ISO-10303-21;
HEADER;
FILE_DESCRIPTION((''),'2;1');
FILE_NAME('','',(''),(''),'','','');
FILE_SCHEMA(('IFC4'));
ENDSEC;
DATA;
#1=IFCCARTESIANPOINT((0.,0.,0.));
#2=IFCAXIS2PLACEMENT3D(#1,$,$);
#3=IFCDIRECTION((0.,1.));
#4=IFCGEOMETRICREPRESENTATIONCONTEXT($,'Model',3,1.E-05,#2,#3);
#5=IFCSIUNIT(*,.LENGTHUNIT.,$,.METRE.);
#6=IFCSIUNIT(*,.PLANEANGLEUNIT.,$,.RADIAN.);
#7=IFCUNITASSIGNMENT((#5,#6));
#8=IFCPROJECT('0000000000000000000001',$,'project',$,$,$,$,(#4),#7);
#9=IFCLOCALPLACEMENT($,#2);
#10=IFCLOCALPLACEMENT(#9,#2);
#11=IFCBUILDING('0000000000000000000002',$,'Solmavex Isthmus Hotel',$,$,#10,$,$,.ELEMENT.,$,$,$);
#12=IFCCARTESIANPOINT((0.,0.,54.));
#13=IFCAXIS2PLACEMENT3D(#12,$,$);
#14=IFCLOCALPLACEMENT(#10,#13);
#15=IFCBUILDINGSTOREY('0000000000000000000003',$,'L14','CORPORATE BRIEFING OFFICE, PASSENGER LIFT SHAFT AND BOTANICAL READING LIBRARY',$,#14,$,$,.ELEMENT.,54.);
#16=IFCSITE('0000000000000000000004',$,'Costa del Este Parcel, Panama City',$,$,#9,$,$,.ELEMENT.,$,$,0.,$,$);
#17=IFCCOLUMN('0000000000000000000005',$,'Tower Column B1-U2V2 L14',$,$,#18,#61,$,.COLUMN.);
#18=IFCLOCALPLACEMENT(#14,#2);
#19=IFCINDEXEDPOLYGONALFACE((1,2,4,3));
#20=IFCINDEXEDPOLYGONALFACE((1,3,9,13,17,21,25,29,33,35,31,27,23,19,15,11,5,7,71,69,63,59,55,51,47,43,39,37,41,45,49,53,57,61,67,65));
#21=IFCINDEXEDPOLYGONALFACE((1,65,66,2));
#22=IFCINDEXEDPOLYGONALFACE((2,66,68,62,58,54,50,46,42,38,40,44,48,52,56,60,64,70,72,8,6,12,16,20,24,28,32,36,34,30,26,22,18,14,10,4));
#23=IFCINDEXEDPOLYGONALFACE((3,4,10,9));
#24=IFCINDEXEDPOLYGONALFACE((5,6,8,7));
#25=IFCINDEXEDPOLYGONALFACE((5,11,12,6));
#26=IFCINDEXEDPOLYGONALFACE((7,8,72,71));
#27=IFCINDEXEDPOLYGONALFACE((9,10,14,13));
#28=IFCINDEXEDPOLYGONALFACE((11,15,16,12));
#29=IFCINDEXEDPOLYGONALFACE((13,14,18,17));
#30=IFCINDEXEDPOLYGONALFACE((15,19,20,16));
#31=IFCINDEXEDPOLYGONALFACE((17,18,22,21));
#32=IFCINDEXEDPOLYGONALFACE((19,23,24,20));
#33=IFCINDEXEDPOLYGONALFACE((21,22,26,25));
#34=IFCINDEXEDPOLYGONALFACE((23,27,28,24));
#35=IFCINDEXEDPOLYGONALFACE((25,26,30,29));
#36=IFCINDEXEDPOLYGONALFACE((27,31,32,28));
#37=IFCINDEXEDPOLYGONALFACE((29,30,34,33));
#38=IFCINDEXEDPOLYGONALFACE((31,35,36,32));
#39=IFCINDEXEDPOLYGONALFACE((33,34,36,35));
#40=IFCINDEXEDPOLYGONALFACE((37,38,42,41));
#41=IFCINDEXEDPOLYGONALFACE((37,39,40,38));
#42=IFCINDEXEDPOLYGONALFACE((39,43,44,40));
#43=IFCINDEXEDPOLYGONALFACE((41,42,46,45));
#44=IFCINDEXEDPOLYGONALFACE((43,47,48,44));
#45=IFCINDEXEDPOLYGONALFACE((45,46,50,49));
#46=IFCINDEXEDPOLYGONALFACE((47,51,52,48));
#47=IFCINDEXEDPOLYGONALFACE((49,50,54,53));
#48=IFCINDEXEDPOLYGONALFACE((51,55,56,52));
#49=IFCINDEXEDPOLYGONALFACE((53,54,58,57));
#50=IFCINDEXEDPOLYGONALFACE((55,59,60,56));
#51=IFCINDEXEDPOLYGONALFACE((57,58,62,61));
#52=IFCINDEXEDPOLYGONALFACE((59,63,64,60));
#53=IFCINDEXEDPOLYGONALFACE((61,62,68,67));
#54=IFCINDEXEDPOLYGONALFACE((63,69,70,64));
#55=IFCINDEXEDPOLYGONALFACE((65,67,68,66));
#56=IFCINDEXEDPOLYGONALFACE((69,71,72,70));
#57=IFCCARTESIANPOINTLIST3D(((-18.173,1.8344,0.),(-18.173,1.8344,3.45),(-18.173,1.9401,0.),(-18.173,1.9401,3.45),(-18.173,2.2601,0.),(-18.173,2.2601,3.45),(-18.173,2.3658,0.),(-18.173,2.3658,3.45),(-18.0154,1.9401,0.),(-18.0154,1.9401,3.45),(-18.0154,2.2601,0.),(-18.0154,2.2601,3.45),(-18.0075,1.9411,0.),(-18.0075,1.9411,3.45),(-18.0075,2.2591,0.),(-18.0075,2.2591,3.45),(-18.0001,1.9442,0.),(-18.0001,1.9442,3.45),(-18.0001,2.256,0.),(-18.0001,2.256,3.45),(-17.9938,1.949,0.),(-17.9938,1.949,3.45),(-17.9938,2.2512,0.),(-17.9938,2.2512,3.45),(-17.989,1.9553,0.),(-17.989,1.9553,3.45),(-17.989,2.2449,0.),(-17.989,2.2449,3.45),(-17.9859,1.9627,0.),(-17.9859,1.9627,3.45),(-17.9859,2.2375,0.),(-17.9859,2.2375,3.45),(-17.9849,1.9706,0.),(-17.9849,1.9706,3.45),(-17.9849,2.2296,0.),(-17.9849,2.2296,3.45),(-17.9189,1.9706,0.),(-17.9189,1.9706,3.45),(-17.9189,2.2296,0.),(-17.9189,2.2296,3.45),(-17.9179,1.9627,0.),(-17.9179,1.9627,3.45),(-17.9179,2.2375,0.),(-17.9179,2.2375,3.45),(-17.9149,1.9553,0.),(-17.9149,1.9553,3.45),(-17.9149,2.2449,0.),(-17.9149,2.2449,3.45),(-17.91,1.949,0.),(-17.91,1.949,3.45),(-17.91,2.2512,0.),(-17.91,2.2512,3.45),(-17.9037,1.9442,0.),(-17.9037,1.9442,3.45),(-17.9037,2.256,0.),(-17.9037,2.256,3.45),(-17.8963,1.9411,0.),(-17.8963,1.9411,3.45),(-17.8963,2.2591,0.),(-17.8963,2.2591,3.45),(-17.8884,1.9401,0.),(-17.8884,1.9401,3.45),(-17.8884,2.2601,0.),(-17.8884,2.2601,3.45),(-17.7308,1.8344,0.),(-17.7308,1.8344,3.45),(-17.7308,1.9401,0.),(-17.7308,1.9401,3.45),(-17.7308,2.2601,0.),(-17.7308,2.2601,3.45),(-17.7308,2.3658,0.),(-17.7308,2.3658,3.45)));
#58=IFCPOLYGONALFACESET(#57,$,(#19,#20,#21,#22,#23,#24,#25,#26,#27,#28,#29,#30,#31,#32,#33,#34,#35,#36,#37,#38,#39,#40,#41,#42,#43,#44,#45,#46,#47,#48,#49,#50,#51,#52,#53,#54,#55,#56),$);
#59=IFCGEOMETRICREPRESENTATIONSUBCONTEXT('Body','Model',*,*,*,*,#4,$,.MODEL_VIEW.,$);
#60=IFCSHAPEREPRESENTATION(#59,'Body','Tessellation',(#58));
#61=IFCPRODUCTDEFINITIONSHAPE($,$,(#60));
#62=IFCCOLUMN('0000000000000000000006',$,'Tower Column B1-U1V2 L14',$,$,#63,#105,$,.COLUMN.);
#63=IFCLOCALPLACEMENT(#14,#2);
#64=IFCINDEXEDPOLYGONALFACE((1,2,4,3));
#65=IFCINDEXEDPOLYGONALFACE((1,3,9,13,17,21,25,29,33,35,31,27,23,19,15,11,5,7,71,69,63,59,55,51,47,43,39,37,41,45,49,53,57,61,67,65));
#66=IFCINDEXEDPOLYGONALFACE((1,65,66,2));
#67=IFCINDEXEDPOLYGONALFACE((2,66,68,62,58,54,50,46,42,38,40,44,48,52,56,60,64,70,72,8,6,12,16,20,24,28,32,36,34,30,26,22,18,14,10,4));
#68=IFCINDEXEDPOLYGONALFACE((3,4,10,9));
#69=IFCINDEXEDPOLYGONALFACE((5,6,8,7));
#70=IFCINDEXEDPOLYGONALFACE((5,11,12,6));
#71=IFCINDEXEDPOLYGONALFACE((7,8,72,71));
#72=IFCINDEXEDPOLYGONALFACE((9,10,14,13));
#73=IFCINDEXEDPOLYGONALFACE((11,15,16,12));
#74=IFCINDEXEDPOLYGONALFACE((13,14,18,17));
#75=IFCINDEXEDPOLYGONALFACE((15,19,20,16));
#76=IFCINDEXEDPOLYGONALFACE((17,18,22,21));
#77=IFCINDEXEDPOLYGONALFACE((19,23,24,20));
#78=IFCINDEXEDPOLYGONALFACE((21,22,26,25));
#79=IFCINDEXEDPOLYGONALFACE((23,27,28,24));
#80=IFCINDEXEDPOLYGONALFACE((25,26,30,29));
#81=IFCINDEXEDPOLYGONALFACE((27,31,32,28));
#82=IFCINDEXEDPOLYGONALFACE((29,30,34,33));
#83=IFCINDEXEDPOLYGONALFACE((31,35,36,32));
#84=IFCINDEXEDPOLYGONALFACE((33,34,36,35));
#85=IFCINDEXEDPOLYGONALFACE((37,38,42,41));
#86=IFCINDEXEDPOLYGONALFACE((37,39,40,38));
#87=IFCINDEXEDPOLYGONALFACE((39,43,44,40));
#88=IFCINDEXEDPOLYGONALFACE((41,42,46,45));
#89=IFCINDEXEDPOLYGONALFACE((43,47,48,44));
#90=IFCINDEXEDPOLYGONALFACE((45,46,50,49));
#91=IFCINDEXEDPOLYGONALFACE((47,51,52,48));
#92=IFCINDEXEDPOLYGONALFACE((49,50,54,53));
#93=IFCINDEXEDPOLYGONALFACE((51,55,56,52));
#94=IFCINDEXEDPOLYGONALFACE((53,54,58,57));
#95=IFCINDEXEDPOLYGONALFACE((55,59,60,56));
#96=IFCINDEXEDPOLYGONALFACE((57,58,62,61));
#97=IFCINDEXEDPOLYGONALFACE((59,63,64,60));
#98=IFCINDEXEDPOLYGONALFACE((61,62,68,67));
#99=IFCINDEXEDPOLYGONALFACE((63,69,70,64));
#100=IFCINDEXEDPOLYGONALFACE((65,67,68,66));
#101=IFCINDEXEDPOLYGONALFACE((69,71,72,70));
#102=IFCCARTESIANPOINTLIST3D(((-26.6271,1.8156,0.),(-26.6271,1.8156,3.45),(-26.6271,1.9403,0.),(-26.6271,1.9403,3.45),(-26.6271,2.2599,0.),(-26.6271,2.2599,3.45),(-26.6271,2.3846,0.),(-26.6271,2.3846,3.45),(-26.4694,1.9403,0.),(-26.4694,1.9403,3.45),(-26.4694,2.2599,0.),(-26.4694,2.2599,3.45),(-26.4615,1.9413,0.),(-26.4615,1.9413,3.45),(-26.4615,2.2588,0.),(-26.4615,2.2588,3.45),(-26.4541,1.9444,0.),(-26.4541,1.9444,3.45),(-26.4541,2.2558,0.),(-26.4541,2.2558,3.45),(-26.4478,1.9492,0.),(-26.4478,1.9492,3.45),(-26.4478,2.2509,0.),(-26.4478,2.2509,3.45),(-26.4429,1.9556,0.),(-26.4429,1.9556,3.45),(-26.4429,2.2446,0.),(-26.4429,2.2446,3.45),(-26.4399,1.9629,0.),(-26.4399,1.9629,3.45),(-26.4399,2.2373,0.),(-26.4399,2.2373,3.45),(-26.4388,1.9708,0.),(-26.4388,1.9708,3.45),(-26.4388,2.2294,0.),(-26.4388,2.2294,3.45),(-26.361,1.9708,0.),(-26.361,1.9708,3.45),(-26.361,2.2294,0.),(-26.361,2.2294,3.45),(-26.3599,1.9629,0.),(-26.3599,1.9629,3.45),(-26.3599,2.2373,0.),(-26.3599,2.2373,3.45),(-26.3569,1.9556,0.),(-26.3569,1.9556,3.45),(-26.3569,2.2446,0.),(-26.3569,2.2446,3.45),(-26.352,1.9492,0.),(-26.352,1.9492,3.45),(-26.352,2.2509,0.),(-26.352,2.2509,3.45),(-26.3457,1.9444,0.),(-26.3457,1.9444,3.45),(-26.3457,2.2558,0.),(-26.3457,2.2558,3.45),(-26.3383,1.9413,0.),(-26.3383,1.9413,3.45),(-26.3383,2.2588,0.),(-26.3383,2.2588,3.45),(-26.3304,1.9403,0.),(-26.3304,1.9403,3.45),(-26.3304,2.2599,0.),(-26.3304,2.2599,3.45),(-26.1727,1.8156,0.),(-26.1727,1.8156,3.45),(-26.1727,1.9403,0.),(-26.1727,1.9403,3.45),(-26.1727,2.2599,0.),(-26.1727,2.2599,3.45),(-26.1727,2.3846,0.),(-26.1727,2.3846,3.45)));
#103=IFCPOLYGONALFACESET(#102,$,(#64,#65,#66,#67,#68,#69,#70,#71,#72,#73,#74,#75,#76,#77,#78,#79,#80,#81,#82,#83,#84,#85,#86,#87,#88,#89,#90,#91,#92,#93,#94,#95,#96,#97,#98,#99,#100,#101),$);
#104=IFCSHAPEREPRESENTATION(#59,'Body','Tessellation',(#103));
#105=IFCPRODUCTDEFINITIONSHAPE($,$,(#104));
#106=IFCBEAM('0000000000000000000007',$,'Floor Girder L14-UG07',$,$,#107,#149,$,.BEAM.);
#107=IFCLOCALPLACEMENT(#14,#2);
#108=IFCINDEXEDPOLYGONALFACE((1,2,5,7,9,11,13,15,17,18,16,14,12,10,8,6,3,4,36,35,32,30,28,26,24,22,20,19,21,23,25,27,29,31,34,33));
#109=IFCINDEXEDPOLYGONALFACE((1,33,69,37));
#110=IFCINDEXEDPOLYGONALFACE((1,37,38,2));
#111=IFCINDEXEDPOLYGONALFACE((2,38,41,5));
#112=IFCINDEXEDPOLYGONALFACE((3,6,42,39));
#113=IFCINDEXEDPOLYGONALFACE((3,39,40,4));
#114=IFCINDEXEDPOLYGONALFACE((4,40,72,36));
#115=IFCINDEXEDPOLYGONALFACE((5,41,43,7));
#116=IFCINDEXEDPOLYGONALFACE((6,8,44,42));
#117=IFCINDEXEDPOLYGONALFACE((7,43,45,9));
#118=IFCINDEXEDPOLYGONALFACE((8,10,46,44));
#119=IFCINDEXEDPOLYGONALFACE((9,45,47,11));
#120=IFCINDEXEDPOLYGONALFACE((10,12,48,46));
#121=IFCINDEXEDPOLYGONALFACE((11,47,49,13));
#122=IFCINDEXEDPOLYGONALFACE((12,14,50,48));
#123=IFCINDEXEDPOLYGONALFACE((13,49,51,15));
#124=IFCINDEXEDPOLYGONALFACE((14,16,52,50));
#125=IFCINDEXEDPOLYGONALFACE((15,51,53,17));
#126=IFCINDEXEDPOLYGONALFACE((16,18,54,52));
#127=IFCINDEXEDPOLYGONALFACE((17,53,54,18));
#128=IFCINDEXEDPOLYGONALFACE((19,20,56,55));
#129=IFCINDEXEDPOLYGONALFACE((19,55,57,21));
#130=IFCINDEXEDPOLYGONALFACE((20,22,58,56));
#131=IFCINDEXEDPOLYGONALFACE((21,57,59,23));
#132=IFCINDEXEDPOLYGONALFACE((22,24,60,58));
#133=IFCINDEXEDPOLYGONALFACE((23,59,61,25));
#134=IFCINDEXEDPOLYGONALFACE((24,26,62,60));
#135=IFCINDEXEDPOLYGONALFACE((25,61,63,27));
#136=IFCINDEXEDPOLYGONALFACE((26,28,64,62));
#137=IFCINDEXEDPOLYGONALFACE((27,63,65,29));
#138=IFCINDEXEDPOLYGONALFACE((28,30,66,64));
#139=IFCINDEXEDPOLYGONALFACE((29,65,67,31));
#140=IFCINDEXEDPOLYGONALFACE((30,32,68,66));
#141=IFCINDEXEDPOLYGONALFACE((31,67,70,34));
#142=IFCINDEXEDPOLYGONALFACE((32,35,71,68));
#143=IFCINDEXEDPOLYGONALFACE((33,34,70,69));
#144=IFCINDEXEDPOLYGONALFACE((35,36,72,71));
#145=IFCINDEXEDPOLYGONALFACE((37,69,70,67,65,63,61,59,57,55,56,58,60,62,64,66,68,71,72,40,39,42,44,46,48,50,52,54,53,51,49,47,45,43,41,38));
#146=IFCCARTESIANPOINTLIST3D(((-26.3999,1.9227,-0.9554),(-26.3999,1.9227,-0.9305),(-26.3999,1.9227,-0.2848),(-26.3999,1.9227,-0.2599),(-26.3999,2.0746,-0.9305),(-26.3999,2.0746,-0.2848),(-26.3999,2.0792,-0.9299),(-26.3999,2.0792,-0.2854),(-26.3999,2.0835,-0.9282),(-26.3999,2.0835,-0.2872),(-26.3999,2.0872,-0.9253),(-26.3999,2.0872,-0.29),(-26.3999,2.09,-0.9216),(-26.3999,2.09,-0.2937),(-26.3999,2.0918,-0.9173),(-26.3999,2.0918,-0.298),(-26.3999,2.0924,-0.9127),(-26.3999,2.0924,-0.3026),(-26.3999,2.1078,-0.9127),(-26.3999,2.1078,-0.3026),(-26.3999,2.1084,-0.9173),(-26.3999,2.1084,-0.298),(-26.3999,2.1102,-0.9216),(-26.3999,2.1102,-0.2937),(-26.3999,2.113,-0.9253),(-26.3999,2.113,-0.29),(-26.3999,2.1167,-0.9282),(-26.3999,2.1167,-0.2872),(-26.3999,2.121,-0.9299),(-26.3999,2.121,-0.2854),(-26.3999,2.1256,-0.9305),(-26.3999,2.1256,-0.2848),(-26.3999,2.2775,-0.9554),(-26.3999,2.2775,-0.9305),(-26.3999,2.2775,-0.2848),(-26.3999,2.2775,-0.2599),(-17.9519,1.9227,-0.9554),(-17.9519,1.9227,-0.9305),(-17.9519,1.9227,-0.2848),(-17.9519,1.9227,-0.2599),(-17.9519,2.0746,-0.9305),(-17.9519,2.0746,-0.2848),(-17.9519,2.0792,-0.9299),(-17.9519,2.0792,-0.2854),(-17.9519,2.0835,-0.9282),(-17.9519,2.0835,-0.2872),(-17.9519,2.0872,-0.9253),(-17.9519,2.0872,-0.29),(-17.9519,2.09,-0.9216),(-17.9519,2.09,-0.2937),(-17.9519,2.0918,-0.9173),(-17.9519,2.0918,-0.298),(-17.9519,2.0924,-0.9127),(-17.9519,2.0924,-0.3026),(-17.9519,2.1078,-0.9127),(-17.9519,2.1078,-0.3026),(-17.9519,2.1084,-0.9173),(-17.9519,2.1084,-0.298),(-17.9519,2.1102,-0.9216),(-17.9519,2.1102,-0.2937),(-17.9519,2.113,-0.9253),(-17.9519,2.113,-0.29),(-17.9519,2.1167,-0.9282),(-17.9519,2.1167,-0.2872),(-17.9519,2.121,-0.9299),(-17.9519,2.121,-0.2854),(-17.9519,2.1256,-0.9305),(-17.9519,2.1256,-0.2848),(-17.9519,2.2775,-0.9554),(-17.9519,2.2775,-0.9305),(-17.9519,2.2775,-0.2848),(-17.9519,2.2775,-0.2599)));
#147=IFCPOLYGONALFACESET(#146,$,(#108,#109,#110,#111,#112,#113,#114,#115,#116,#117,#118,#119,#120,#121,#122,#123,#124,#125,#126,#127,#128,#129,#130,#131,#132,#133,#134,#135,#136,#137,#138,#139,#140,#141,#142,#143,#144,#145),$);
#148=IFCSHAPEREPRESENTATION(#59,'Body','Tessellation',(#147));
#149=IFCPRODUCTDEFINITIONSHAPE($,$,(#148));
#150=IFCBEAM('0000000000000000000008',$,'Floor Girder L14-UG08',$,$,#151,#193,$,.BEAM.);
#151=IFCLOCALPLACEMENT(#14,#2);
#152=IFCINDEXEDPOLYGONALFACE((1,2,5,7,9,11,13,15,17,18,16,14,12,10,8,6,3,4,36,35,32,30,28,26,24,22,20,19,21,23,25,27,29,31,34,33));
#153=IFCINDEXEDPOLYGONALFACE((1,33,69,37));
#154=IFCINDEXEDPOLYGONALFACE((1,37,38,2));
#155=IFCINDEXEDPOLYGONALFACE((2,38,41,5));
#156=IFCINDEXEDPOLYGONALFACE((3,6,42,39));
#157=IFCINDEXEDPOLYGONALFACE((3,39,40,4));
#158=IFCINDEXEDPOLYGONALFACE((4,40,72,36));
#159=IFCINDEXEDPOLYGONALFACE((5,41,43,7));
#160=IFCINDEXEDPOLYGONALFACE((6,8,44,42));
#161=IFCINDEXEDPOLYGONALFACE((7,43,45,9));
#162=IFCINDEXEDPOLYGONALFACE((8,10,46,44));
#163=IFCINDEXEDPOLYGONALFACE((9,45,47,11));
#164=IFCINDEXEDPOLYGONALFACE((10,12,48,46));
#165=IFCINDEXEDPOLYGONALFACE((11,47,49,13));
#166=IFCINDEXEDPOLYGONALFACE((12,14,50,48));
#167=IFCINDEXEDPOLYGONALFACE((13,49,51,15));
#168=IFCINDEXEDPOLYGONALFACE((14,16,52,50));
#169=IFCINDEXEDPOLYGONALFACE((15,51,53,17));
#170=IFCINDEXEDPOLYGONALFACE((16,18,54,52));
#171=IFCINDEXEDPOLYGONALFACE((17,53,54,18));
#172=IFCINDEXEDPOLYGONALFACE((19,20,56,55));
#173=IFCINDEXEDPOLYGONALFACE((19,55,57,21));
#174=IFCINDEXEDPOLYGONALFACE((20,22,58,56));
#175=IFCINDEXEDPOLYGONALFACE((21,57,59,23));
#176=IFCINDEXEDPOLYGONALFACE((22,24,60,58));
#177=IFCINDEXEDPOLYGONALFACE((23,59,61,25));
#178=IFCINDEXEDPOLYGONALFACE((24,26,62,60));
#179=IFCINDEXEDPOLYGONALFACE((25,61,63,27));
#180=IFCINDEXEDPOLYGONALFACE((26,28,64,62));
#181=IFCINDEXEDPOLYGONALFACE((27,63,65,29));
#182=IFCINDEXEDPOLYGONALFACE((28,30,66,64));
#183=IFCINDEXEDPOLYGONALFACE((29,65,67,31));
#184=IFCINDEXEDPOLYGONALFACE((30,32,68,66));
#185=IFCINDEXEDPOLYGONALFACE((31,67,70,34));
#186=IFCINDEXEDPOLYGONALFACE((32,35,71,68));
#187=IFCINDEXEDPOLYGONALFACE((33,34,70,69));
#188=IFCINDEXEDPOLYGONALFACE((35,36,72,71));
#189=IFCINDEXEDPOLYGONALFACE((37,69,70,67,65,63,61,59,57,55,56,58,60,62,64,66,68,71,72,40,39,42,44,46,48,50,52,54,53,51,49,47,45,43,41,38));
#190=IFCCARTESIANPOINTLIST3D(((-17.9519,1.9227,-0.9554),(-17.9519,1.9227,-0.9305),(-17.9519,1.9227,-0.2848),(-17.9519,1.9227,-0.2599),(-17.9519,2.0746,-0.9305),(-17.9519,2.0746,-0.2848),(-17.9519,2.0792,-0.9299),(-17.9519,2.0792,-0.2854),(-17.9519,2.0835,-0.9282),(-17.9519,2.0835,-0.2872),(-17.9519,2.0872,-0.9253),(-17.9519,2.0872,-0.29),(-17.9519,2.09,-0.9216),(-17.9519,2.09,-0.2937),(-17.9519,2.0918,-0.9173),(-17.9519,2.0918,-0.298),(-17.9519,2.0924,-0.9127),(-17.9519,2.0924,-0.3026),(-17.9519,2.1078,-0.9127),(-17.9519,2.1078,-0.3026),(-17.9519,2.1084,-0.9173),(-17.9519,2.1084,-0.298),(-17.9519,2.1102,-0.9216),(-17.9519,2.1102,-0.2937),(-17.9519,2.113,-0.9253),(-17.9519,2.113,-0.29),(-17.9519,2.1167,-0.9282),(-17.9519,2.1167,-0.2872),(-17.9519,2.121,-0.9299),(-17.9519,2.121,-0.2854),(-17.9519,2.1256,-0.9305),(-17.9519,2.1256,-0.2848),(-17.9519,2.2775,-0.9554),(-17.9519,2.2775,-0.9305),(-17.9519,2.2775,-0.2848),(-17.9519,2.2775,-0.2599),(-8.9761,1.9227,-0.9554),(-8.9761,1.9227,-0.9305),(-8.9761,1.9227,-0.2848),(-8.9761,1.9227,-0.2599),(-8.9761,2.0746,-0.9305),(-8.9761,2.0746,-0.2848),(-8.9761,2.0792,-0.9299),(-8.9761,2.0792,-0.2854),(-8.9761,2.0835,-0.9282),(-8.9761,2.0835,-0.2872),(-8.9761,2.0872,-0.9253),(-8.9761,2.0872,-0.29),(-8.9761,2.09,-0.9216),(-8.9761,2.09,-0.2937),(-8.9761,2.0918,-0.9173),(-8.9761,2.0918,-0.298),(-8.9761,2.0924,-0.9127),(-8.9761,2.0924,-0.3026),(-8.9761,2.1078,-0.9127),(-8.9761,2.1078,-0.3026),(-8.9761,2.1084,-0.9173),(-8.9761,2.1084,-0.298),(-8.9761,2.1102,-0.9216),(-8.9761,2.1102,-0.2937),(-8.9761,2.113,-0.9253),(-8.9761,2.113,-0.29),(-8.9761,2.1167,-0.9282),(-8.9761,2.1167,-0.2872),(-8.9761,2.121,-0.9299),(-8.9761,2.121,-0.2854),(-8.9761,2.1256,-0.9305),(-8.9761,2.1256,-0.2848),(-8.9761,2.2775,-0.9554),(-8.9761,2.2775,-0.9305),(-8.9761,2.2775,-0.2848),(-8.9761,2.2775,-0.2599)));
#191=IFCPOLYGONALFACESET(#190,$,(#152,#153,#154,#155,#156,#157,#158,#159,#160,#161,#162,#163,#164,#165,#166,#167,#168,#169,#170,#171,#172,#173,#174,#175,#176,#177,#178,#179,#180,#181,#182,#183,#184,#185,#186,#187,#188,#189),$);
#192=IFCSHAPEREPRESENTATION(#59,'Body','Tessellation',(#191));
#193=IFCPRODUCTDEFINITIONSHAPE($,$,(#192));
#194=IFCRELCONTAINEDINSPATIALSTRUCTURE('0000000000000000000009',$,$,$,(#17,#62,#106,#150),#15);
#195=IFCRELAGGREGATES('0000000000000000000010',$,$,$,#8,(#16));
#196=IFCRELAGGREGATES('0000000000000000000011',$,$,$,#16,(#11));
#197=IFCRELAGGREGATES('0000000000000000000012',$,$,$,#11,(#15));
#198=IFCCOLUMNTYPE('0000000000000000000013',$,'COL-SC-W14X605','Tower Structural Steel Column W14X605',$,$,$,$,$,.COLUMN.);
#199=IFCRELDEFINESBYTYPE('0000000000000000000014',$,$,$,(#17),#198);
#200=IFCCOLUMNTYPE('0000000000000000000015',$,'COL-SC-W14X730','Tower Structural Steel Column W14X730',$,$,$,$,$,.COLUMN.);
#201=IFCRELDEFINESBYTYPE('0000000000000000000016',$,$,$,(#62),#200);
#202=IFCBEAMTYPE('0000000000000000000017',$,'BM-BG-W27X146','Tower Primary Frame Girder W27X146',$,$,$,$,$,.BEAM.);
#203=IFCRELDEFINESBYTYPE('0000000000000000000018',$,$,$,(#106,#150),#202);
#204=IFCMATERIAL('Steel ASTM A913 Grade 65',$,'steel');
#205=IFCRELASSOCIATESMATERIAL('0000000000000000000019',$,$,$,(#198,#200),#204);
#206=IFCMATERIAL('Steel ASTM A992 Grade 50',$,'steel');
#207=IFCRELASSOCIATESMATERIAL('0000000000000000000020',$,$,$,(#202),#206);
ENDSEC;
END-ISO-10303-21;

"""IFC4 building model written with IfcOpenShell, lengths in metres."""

from ifc_helpers import new_model, si_unit, direction, frame, origin, origin_2d, place, context, subcontext, project, spatial, i_section, extrude, material, material_profile, profile_set, type_object, element, save


model = new_model("IFC4")

# Units and contexts
model_context = context("Model", 3, precision=1e-05, world=origin(), true_north=direction((0.0, 1.0)))
body_context = subcontext(model_context, "Body", "Model", "MODEL_VIEW")
ifc_project = project(units=[si_unit("LENGTHUNIT", "METRE"), si_unit("PLANEANGLEUNIT", "RADIAN")], contexts=[model_context])

# Site, building, storey
site_placement = place(None, origin())
site = spatial("IfcSite", under=ifc_project, at=site_placement, Name="Costa del Este Parcel, Panama City", CompositionType="ELEMENT", RefElevation=0.0)
building_placement = place(site_placement, origin())
building = spatial("IfcBuilding", under=site, at=building_placement, Name="Solmavex Isthmus Hotel", CompositionType="ELEMENT")
storey_placement = place(building_placement, frame((0.0, 0.0, 54.0)))
storey = spatial("IfcBuildingStorey", under=building, at=storey_placement, Name="L14", Description="CORPORATE BRIEFING OFFICE, PASSENGER LIFT SHAFT AND BOTANICAL READING LIBRARY", CompositionType="ELEMENT", Elevation=54.0)

# Columns
ifc_material_1 = material(Name="Steel ASTM A913 Grade 65", Category="steel")
ifc_material_profile_1 = material_profile(ifc_material_1, i_section(OverallWidth=0.4421, OverallDepth=0.5315, WebThickness=0.0659, FlangeThickness=0.1057, FilletRadius=0.0305, at=origin_2d()), Name="W14X605")
ifc_profile_set_1 = profile_set([ifc_material_profile_1], Name="Steel ASTM A913 Grade 65")
column_type_1 = type_object("IfcColumnType", Name="COL-SC-W14X605", Description="Tower Structural Steel Column W14X605", PredefinedType="COLUMN", material=ifc_profile_set_1)
column_1_placement = place(storey_placement, frame((-17.9519, 2.1001, 0.0), z_axis=(0.0, 0.0, 1.0), x_axis=(1.0, 0.0, 0.0)))
element("IfcColumn", 1, at=column_1_placement, inside=storey, type_object=column_type_1, Name="Tower Column B1-U2V2 L14", PredefinedType="COLUMN", context=body_context, shape_type="SweptSolid", body=[
    extrude(i_section(OverallWidth=0.4421, OverallDepth=0.5315, WebThickness=0.0659, FlangeThickness=0.1057, FilletRadius=0.0305, at=origin_2d()), origin(), (0.0, 0.0, 1.0), 3.45),
])
ifc_material_profile_2 = material_profile(ifc_material_1, i_section(OverallWidth=0.4543, OverallDepth=0.5691, WebThickness=0.0779, FlangeThickness=0.1248, FilletRadius=0.0305, at=origin_2d()), Name="W14X730")
ifc_profile_set_2 = profile_set([ifc_material_profile_2], Name="Steel ASTM A913 Grade 65")
column_type_2 = type_object("IfcColumnType", Name="COL-SC-W14X730", Description="Tower Structural Steel Column W14X730", PredefinedType="COLUMN", material=ifc_profile_set_2)
column_2_placement = place(storey_placement, frame((-26.3999, 2.1001, 0.0), z_axis=(0.0, 0.0, 1.0), x_axis=(1.0, 0.0, 0.0)))
element("IfcColumn", 2, at=column_2_placement, inside=storey, type_object=column_type_2, Name="Tower Column B1-U1V2 L14", PredefinedType="COLUMN", context=body_context, shape_type="SweptSolid", body=[
    extrude(i_section(OverallWidth=0.4543, OverallDepth=0.5691, WebThickness=0.0779, FlangeThickness=0.1248, FilletRadius=0.0305, at=origin_2d()), origin(), (0.0, 0.0, 1.0), 3.45),
])

# Beams
ifc_material_2 = material(Name="Steel ASTM A992 Grade 50", Category="steel")
ifc_material_profile_3 = material_profile(ifc_material_2, i_section(OverallWidth=0.3547, OverallDepth=0.6956, WebThickness=0.0154, FlangeThickness=0.0249, FilletRadius=0.0178, at=origin_2d()), Name="W27X146")
ifc_profile_set_3 = profile_set([ifc_material_profile_3], Name="Steel ASTM A992 Grade 50")
beam_type = type_object("IfcBeamType", Name="BM-BG-W27X146", Description="Tower Primary Frame Girder W27X146", PredefinedType="BEAM", material=ifc_profile_set_3)
beam_1_placement = place(storey_placement, frame((-26.3999, 2.1001, -0.6077), z_axis=(1.0, 0.0, 0.0), x_axis=(0.0, 1.0, 0.0)))
element("IfcBeam", 3, at=beam_1_placement, inside=storey, type_object=beam_type, Name="Floor Girder L14-UG07", PredefinedType="BEAM", context=body_context, shape_type="SweptSolid", body=[
    extrude(i_section(OverallWidth=0.3547, OverallDepth=0.6956, WebThickness=0.0154, FlangeThickness=0.0249, FilletRadius=0.0178, at=origin_2d()), origin(), (0.0, 0.0, 1.0), 8.448),
])
beam_2_placement = place(storey_placement, frame((-17.9519, 2.1001, -0.6077), z_axis=(1.0, 0.0, 0.0), x_axis=(0.0, 1.0, 0.0)))
element("IfcBeam", 4, at=beam_2_placement, inside=storey, type_object=beam_type, Name="Floor Girder L14-UG08", PredefinedType="BEAM", context=body_context, shape_type="SweptSolid", body=[
    extrude(i_section(OverallWidth=0.3547, OverallDepth=0.6956, WebThickness=0.0154, FlangeThickness=0.0249, FilletRadius=0.0178, at=origin_2d()), origin(), (0.0, 0.0, 1.0), 8.9758),
])

save(model, "model.ifc")
